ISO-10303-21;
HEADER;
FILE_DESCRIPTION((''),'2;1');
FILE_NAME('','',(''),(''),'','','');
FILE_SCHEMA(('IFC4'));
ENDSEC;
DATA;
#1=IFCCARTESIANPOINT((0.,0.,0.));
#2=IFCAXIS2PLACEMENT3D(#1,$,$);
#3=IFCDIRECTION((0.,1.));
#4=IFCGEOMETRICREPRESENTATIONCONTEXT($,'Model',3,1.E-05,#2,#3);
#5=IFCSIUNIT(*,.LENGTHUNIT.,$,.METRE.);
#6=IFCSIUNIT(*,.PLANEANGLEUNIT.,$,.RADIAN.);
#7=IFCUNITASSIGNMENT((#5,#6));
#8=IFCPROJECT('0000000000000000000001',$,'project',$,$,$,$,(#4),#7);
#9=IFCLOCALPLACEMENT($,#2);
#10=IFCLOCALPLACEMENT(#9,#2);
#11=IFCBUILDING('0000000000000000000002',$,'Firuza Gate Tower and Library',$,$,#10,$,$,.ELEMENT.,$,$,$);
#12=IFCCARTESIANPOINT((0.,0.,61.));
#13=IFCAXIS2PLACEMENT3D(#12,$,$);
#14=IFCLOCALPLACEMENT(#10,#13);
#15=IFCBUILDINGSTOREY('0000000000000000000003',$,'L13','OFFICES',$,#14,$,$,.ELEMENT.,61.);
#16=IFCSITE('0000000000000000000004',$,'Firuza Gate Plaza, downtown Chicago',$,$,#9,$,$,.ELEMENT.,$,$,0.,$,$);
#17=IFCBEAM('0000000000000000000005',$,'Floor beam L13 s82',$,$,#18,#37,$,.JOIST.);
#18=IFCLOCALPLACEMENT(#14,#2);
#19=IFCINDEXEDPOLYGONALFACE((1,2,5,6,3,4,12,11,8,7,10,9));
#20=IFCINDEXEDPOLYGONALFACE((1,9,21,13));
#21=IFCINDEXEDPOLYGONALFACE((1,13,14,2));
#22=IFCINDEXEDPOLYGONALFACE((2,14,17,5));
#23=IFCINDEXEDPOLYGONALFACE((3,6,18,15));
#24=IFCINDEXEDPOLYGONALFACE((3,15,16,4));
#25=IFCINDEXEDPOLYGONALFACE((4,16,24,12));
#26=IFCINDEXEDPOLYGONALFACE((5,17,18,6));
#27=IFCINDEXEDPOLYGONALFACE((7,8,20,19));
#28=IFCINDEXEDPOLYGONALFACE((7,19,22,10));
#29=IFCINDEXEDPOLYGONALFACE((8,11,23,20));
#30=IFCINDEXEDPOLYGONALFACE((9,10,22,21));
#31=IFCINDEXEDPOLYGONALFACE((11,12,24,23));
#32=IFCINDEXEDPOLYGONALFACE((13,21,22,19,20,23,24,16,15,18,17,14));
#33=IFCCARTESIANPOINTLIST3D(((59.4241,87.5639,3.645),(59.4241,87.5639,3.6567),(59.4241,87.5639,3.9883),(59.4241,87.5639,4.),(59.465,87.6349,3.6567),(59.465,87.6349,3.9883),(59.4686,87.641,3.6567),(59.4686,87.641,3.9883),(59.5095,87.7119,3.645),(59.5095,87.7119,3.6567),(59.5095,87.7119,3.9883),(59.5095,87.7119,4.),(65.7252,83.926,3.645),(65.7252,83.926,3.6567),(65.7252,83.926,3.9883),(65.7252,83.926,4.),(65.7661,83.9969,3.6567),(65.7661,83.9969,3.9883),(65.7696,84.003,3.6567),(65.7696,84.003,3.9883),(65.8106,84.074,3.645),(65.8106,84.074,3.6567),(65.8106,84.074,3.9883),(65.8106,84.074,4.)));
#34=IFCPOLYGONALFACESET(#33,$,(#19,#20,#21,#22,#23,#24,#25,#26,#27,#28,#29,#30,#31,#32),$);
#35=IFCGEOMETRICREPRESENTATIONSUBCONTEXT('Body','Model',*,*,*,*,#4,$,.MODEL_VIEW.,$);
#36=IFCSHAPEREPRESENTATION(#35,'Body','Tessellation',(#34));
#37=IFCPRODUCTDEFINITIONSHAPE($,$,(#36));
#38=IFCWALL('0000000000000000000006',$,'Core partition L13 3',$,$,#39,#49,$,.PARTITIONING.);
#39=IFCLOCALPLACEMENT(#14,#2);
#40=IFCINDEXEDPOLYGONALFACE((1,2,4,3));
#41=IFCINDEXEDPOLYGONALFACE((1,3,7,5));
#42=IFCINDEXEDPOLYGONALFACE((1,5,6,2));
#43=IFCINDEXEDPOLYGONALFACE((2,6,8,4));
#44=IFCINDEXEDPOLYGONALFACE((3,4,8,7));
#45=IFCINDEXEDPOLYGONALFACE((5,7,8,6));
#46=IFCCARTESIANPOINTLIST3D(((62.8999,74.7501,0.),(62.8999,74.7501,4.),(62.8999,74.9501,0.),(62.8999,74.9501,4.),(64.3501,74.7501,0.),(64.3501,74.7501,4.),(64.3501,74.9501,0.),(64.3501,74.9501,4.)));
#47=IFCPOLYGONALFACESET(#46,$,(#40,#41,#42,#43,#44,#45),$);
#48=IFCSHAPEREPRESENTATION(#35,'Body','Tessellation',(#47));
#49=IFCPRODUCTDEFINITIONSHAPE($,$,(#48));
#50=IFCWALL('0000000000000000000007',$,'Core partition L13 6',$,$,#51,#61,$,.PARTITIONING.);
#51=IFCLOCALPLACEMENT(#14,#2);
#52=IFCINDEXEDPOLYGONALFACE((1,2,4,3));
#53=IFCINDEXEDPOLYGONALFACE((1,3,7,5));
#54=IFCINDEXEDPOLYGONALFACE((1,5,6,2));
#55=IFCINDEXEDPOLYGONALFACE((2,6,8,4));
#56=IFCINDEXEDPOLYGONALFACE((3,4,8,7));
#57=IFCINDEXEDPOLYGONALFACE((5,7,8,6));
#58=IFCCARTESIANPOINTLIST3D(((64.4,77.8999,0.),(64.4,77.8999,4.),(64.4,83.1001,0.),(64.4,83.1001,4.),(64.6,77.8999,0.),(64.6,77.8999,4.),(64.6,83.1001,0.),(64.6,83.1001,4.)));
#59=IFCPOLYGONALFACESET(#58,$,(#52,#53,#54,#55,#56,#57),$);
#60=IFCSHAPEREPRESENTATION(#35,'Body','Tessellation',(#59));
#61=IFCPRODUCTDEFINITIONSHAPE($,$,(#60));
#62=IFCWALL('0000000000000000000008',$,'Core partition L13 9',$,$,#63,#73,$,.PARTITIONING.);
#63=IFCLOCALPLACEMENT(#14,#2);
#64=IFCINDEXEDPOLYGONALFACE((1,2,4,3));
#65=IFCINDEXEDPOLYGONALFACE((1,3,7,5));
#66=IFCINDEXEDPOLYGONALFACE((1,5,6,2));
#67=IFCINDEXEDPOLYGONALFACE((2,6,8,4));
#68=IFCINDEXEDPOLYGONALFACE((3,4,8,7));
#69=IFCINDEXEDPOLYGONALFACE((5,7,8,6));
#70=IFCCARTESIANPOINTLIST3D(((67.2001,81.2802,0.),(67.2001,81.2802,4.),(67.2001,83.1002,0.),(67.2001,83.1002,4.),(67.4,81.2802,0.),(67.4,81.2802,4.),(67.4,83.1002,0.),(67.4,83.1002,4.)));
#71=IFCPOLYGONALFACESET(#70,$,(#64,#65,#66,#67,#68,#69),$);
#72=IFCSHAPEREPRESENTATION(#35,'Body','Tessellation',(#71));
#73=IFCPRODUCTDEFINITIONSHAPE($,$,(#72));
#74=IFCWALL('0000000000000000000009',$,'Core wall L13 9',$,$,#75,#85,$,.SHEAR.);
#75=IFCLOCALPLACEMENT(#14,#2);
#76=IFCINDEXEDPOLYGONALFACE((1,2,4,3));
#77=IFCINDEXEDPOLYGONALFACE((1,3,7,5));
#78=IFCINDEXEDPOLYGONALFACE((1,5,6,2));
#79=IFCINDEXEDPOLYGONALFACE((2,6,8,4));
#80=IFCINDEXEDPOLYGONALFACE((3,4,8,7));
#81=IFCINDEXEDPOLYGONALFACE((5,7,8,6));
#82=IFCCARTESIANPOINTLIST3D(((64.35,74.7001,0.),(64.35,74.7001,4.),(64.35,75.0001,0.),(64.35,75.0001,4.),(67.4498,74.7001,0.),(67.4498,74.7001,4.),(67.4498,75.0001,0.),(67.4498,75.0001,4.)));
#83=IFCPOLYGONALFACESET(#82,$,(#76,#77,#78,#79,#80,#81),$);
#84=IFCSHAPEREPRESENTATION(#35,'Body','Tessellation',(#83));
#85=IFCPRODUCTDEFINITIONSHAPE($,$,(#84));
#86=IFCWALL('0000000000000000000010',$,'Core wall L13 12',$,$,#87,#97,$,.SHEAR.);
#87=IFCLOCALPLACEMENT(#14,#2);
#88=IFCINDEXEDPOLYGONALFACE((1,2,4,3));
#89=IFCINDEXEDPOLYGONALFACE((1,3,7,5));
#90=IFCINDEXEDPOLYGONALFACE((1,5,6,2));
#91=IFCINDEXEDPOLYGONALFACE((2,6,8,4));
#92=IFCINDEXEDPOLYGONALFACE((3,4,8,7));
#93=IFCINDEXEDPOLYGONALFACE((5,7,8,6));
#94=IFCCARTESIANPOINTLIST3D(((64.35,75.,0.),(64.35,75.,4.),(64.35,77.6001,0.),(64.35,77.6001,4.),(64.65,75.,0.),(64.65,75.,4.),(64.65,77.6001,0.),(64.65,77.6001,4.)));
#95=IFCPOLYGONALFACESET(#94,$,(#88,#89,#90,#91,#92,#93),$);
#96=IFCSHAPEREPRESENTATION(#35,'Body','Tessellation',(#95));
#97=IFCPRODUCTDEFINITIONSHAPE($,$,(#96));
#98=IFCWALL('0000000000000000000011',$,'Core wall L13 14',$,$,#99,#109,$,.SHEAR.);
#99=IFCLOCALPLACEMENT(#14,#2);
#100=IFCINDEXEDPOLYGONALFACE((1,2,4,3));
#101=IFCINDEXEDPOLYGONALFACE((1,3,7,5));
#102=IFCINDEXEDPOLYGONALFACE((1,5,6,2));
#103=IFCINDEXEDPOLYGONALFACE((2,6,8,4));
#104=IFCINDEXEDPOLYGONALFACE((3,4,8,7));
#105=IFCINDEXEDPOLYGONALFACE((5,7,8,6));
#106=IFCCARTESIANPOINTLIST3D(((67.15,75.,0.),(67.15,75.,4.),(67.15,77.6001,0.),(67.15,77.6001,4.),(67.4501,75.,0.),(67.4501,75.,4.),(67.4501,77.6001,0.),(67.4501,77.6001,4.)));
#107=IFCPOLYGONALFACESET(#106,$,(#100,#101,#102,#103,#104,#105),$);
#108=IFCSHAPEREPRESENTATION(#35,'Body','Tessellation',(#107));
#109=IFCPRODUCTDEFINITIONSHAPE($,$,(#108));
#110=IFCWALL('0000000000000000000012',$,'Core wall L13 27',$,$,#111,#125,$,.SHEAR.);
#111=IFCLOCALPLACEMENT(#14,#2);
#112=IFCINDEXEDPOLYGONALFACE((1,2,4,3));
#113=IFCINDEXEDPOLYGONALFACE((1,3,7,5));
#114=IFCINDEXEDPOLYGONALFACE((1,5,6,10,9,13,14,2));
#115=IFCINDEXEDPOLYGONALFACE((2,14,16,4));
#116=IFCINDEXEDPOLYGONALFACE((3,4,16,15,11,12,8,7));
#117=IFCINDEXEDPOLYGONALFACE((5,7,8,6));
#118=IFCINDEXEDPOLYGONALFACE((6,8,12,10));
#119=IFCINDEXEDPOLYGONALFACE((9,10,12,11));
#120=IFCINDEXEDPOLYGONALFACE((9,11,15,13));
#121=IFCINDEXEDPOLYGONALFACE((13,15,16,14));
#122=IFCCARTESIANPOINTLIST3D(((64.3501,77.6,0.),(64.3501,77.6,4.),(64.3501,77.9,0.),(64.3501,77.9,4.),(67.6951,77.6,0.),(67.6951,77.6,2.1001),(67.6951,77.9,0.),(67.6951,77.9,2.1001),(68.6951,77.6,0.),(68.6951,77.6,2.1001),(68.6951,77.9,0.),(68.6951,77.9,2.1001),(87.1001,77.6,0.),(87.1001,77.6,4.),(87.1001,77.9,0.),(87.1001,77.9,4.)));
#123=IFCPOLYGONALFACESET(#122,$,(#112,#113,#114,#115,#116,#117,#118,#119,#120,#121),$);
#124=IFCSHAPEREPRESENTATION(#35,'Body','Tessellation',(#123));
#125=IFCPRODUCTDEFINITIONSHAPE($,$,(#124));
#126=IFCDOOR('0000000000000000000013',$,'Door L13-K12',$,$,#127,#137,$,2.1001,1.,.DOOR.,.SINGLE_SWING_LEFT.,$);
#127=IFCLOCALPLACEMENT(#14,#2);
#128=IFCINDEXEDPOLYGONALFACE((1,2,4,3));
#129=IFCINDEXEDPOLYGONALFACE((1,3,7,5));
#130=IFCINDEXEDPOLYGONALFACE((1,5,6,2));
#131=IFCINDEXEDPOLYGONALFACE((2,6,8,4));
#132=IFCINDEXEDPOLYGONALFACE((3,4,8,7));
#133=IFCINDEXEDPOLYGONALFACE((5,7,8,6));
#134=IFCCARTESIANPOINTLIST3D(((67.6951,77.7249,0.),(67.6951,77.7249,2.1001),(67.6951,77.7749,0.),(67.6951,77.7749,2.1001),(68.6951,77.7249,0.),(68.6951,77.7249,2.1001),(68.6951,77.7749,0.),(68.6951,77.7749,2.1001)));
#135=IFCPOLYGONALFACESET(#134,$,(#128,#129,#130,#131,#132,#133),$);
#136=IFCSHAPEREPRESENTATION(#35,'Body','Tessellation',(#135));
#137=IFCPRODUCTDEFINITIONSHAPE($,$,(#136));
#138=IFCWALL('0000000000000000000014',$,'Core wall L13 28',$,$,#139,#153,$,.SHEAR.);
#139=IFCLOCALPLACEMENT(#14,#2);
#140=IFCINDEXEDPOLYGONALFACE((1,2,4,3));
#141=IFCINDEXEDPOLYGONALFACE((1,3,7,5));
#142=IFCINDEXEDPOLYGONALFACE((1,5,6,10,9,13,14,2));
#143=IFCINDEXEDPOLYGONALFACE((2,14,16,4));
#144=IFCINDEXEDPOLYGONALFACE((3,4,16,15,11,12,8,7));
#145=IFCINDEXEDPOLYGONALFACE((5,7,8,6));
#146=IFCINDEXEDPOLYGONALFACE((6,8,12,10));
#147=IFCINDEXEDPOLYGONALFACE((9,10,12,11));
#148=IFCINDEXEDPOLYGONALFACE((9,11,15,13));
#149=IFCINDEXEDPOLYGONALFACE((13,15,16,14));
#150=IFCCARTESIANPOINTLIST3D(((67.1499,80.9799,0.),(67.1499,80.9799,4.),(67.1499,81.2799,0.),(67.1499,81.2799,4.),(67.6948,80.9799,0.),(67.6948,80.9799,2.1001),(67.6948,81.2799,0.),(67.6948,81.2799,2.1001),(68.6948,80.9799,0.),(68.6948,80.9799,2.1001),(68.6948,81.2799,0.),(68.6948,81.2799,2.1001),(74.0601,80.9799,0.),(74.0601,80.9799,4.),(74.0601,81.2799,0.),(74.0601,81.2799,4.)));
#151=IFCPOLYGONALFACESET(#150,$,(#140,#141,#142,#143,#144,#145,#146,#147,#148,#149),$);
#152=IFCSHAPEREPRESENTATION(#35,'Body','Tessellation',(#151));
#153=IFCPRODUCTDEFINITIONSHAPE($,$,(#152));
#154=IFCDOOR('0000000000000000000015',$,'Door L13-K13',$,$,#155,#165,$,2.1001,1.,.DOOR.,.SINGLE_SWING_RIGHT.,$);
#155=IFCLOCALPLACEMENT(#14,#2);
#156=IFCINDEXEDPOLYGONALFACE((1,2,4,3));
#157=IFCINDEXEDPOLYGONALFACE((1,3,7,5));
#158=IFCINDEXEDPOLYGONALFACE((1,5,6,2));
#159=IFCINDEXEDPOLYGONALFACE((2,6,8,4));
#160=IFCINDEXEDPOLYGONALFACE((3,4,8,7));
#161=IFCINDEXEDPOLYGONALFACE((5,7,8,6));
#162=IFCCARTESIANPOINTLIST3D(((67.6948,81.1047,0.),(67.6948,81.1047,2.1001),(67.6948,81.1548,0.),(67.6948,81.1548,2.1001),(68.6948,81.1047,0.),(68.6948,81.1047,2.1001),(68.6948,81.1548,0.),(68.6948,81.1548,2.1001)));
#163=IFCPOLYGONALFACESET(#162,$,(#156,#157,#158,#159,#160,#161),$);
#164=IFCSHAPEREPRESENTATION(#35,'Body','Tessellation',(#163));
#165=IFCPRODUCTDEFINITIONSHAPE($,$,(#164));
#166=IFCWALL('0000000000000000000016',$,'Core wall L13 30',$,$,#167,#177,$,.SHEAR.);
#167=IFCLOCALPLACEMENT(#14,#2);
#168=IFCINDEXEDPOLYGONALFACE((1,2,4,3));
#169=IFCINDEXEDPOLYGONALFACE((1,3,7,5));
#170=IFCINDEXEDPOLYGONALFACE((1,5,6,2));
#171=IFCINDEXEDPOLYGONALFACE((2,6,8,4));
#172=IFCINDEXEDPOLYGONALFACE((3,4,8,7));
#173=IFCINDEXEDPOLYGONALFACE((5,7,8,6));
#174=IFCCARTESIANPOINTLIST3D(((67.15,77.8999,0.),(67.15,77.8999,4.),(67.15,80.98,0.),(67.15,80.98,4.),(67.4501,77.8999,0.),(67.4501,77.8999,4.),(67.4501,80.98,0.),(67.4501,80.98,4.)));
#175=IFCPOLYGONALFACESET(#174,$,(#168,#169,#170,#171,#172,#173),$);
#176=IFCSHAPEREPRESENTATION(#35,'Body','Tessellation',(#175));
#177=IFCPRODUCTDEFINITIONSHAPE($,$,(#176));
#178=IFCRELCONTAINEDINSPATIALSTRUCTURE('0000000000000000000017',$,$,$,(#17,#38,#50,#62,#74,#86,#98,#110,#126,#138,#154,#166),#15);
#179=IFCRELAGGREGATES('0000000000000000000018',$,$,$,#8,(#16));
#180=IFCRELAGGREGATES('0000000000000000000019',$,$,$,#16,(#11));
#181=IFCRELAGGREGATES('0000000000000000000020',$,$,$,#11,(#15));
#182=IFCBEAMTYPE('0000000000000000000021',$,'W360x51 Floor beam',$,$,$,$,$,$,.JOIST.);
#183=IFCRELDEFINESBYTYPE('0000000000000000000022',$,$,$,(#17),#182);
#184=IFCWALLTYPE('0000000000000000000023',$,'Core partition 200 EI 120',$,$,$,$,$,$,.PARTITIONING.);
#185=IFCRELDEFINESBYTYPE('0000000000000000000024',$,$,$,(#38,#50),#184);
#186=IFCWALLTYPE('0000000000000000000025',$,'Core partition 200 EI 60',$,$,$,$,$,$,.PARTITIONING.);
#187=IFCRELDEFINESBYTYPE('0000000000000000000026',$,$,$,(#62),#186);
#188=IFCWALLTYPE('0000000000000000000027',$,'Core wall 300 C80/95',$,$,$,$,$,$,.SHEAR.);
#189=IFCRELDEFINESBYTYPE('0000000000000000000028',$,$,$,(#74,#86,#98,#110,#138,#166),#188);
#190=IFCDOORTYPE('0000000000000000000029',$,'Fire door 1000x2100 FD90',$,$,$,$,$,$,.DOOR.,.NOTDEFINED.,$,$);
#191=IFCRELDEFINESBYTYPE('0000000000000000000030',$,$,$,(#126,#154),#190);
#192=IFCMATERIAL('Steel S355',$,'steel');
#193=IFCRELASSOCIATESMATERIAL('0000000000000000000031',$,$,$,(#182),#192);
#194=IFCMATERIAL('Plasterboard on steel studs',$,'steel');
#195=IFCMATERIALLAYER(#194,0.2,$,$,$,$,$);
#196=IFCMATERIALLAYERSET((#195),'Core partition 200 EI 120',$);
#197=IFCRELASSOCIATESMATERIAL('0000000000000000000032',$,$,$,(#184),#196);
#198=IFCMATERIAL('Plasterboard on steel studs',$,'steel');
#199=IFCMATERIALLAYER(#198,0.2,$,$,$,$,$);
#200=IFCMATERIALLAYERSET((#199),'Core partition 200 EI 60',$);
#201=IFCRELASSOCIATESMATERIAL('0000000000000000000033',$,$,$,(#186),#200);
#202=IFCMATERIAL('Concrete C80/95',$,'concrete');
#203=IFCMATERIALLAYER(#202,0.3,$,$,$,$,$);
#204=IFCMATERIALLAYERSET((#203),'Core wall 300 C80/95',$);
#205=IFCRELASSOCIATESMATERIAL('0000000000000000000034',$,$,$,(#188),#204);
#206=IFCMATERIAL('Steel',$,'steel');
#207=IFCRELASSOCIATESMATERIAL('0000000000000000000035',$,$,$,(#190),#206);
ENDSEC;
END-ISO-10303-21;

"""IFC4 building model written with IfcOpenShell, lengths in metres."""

from ifc_helpers import new_model, si_unit, direction, frame, frame_2d, origin, origin_2d, place, context, subcontext, project, spatial, rectangle, i_section, extrude, material, layer, layer_set, material_profile, profile_set, type_object, element, fill, save


model = new_model("IFC4")

# Units and contexts
model_context = context("Model", 3, precision=1e-05, world=origin(), true_north=direction((0.0, 1.0)))
body_context = subcontext(model_context, "Body", "Model", "MODEL_VIEW")
ifc_project = project(units=[si_unit("LENGTHUNIT", "METRE"), si_unit("PLANEANGLEUNIT", "RADIAN")], contexts=[model_context])

# Site, building, storey
site_placement = place(None, origin())
site = spatial("IfcSite", under=ifc_project, at=site_placement, Name="Firuza Gate Plaza, downtown Chicago", CompositionType="ELEMENT", RefElevation=0.0)
building_placement = place(site_placement, origin())
building = spatial("IfcBuilding", under=site, at=building_placement, Name="Firuza Gate Tower and Library", CompositionType="ELEMENT")
storey_placement = place(building_placement, frame((0.0, 0.0, 61.0)))
storey = spatial("IfcBuildingStorey", under=building, at=storey_placement, Name="L13", Description="OFFICES", CompositionType="ELEMENT", Elevation=61.0)

# Beam
ifc_material_1 = material(Name="Steel S355", Category="steel")
ifc_material_profile = material_profile(ifc_material_1, i_section(OverallWidth=0.1709, OverallDepth=0.355, WebThickness=0.0071, FlangeThickness=0.0117, at=origin_2d()))
ifc_profile_set = profile_set([ifc_material_profile], Name="Steel S355")
beam_type = type_object("IfcBeamType", Name="W360x51 Floor beam", PredefinedType="JOIST", material=ifc_profile_set)
beam_placement = place(storey_placement, frame((59.4668, 87.6379, 3.8225), z_axis=(0.866023, -0.500004, 0.0), x_axis=(0.500004, 0.866023, 0.0)))
element("IfcBeam", 1, at=beam_placement, inside=storey, type_object=beam_type, Name="Floor beam L13 s82", PredefinedType="JOIST", context=body_context, shape_type="SweptSolid", body=[
    extrude(i_section(OverallWidth=0.1709, OverallDepth=0.355, WebThickness=0.0071, FlangeThickness=0.0117, at=origin_2d()), origin(), (0.0, 0.0, 1.0), 7.2759),
])

# Walls
ifc_material_2 = material(Name="Plasterboard on steel studs", Category="steel")
ifc_layer_1 = layer(ifc_material_2, 0.2)
ifc_layer_set_1 = layer_set([ifc_layer_1], Name="Core partition 200 EI 120")
wall_type_1 = type_object("IfcWallType", Name="Core partition 200 EI 120", PredefinedType="PARTITIONING", material=ifc_layer_set_1)
wall_1_placement = place(storey_placement, frame((62.8999, 74.8501, 0.0), z_axis=(0.0, 0.0, 1.0), x_axis=(1.0, 0.0, 0.0)))
element("IfcWall", 2, at=wall_1_placement, inside=storey, type_object=wall_type_1, Name="Core partition L13 3", PredefinedType="PARTITIONING", context=body_context, shape_type="SweptSolid", body=[
    extrude(rectangle(XDim=1.4502, YDim=0.2, at=frame_2d((0.7251, 0.0))), origin(), (0.0, 0.0, 1.0), 4.0),
])
wall_2_placement = place(storey_placement, frame((64.5, 77.8999, 0.0), z_axis=(0.0, 0.0, 1.0), x_axis=(0.0, 1.0, 0.0)))
element("IfcWall", 3, at=wall_2_placement, inside=storey, type_object=wall_type_1, Name="Core partition L13 6", PredefinedType="PARTITIONING", context=body_context, shape_type="SweptSolid", body=[
    extrude(rectangle(XDim=5.2002, YDim=0.2, at=frame_2d((2.6001, 0.0))), origin(), (0.0, 0.0, 1.0), 4.0),
])
ifc_material_3 = material(Name="Plasterboard on steel studs", Category="steel")
ifc_layer_2 = layer(ifc_material_3, 0.2)
ifc_layer_set_2 = layer_set([ifc_layer_2], Name="Core partition 200 EI 60")
wall_type_2 = type_object("IfcWallType", Name="Core partition 200 EI 60", PredefinedType="PARTITIONING", material=ifc_layer_set_2)
wall_3_placement = place(storey_placement, frame((67.3, 81.28, 0.0), z_axis=(0.0, 0.0, 1.0), x_axis=(0.0, 1.0, 0.0)))
element("IfcWall", 4, at=wall_3_placement, inside=storey, type_object=wall_type_2, Name="Core partition L13 9", PredefinedType="PARTITIONING", context=body_context, shape_type="SweptSolid", body=[
    extrude(rectangle(XDim=1.8201, YDim=0.2, at=frame_2d((0.9102, 0.0))), origin(), (0.0, 0.0, 1.0), 4.0),
])
ifc_material_4 = material(Name="Concrete C80/95", Category="concrete")
ifc_layer_3 = layer(ifc_material_4, 0.3)
ifc_layer_set_3 = layer_set([ifc_layer_3], Name="Core wall 300 C80/95")
wall_type_3 = type_object("IfcWallType", Name="Core wall 300 C80/95", PredefinedType="SHEAR", material=ifc_layer_set_3)
wall_4_placement = place(storey_placement, frame((64.3501, 74.8501, 0.0), z_axis=(0.0, 0.0, 1.0), x_axis=(1.0, 0.0, 0.0)))
element("IfcWall", 5, at=wall_4_placement, inside=storey, type_object=wall_type_3, Name="Core wall L13 9", PredefinedType="SHEAR", context=body_context, shape_type="SweptSolid", body=[
    extrude(rectangle(XDim=3.0999, YDim=0.3, at=frame_2d((1.5498, 0.0))), origin(), (0.0, 0.0, 1.0), 4.0),
])
for number, where, z_axis, x_axis, name in (
    (6, (64.5, 75.0, 0.0), (0.0, 0.0, 1.0), (0.0, 1.0, 0.0), "Core wall L13 12"),
    (7, (67.3, 75.0, 0.0), (0.0, 0.0, 1.0), (0.0, 1.0, 0.0), "Core wall L13 14"),
):
    element("IfcWall", number, at=place(storey_placement, frame(where, z_axis=z_axis, x_axis=x_axis)), inside=storey, type_object=wall_type_3, Name=name, PredefinedType="SHEAR", context=body_context, shape_type="SweptSolid", body=[
        extrude(rectangle(XDim=2.6001, YDim=0.3, at=frame_2d((1.3, 0.0))), origin(), (0.0, 0.0, 1.0), 4.0),
    ])

# Walls, openings, doors
wall_5_placement = place(storey_placement, frame((64.3501, 77.75, 0.0), z_axis=(0.0, 0.0, 1.0), x_axis=(1.0, 0.0, 0.0)))
wall_5 = element("IfcWall", 8, at=wall_5_placement, inside=storey, type_object=wall_type_3, Name="Core wall L13 27", PredefinedType="SHEAR", context=body_context, shape_type="SweptSolid", body=[
    extrude(rectangle(XDim=22.75, YDim=0.3, at=frame_2d((11.375, 0.0))), origin(), (0.0, 0.0, 1.0), 4.0),
])
opening_1_placement = place(wall_5_placement, frame((3.345, 0.0, 0.0)))
opening_1 = element("IfcOpeningElement", 9, at=opening_1_placement, cuts=wall_5, PredefinedType="OPENING", context=body_context, shape_type="SweptSolid", body=[
    extrude(rectangle(XDim=1.0, YDim=2.1001, at=frame_2d((0.5, 1.05))), frame((0.0, 0.1602, 0.0), z_axis=(0.0, -1.0, 0.0), x_axis=(1.0, 0.0, 0.0)), (0.0, 0.0, 1.0), 0.3201),
])
ifc_material_5 = material(Name="Steel", Category="steel")
door_type_1 = type_object("IfcDoorType", Name="Fire door 1000x2100 FD90", OperationType="NOTDEFINED", PredefinedType="DOOR", material=ifc_material_5)
door_1_placement = place(opening_1_placement, origin())
door_1 = element("IfcDoor", 10, at=door_1_placement, inside=storey, type_object=door_type_1, Name="Door L13-K12", OperationType="SINGLE_SWING_LEFT", OverallHeight=2.1001, OverallWidth=1.0, PredefinedType="DOOR", context=body_context, shape_type="SweptSolid", body=[
    extrude(rectangle(XDim=1.0, YDim=2.1001, at=frame_2d((0.5, 1.05))), frame((0.0, 0.0249, 0.0), z_axis=(0.0, -1.0, 0.0), x_axis=(1.0, 0.0, 0.0)), (0.0, 0.0, 1.0), 0.05),
])
fill(opening_1, door_1)
wall_6_placement = place(storey_placement, frame((67.1499, 81.1299, 0.0), z_axis=(0.0, 0.0, 1.0), x_axis=(1.0, 0.0, 0.0)))
wall_6 = element("IfcWall", 11, at=wall_6_placement, inside=storey, type_object=wall_type_3, Name="Core wall L13 28", PredefinedType="SHEAR", context=body_context, shape_type="SweptSolid", body=[
    extrude(rectangle(XDim=6.9102, YDim=0.3, at=frame_2d((3.4551, 0.0))), origin(), (0.0, 0.0, 1.0), 4.0),
])
opening_2_placement = place(wall_6_placement, frame((0.5449, 0.0, 0.0)))
opening_2 = element("IfcOpeningElement", 12, at=opening_2_placement, cuts=wall_6, PredefinedType="OPENING", context=body_context, shape_type="SweptSolid", body=[
    extrude(rectangle(XDim=1.0, YDim=2.1001, at=frame_2d((0.5, 1.05))), frame((0.0, 0.1602, 0.0), z_axis=(0.0, -1.0, 0.0), x_axis=(1.0, 0.0, 0.0)), (0.0, 0.0, 1.0), 0.3201),
])
door_2_placement = place(opening_2_placement, origin())
door_2 = element("IfcDoor", 13, at=door_2_placement, inside=storey, type_object=door_type_1, Name="Door L13-K13", OperationType="SINGLE_SWING_RIGHT", OverallHeight=2.1001, OverallWidth=1.0, PredefinedType="DOOR", context=body_context, shape_type="SweptSolid", body=[
    extrude(rectangle(XDim=1.0, YDim=2.1001, at=frame_2d((0.5, 1.05))), frame((0.0, 0.0249, 0.0), z_axis=(0.0, -1.0, 0.0), x_axis=(1.0, 0.0, 0.0)), (0.0, 0.0, 1.0), 0.05),
])
fill(opening_2, door_2)

# Wall
wall_7_placement = place(storey_placement, frame((67.3, 77.8999, 0.0), z_axis=(0.0, 0.0, 1.0), x_axis=(0.0, 1.0, 0.0)))
element("IfcWall", 14, at=wall_7_placement, inside=storey, type_object=wall_type_3, Name="Core wall L13 30", PredefinedType="SHEAR", context=body_context, shape_type="SweptSolid", body=[
    extrude(rectangle(XDim=3.0801, YDim=0.3, at=frame_2d((1.54, 0.0))), origin(), (0.0, 0.0, 1.0), 4.0),
])

save(model, "model.ifc")
